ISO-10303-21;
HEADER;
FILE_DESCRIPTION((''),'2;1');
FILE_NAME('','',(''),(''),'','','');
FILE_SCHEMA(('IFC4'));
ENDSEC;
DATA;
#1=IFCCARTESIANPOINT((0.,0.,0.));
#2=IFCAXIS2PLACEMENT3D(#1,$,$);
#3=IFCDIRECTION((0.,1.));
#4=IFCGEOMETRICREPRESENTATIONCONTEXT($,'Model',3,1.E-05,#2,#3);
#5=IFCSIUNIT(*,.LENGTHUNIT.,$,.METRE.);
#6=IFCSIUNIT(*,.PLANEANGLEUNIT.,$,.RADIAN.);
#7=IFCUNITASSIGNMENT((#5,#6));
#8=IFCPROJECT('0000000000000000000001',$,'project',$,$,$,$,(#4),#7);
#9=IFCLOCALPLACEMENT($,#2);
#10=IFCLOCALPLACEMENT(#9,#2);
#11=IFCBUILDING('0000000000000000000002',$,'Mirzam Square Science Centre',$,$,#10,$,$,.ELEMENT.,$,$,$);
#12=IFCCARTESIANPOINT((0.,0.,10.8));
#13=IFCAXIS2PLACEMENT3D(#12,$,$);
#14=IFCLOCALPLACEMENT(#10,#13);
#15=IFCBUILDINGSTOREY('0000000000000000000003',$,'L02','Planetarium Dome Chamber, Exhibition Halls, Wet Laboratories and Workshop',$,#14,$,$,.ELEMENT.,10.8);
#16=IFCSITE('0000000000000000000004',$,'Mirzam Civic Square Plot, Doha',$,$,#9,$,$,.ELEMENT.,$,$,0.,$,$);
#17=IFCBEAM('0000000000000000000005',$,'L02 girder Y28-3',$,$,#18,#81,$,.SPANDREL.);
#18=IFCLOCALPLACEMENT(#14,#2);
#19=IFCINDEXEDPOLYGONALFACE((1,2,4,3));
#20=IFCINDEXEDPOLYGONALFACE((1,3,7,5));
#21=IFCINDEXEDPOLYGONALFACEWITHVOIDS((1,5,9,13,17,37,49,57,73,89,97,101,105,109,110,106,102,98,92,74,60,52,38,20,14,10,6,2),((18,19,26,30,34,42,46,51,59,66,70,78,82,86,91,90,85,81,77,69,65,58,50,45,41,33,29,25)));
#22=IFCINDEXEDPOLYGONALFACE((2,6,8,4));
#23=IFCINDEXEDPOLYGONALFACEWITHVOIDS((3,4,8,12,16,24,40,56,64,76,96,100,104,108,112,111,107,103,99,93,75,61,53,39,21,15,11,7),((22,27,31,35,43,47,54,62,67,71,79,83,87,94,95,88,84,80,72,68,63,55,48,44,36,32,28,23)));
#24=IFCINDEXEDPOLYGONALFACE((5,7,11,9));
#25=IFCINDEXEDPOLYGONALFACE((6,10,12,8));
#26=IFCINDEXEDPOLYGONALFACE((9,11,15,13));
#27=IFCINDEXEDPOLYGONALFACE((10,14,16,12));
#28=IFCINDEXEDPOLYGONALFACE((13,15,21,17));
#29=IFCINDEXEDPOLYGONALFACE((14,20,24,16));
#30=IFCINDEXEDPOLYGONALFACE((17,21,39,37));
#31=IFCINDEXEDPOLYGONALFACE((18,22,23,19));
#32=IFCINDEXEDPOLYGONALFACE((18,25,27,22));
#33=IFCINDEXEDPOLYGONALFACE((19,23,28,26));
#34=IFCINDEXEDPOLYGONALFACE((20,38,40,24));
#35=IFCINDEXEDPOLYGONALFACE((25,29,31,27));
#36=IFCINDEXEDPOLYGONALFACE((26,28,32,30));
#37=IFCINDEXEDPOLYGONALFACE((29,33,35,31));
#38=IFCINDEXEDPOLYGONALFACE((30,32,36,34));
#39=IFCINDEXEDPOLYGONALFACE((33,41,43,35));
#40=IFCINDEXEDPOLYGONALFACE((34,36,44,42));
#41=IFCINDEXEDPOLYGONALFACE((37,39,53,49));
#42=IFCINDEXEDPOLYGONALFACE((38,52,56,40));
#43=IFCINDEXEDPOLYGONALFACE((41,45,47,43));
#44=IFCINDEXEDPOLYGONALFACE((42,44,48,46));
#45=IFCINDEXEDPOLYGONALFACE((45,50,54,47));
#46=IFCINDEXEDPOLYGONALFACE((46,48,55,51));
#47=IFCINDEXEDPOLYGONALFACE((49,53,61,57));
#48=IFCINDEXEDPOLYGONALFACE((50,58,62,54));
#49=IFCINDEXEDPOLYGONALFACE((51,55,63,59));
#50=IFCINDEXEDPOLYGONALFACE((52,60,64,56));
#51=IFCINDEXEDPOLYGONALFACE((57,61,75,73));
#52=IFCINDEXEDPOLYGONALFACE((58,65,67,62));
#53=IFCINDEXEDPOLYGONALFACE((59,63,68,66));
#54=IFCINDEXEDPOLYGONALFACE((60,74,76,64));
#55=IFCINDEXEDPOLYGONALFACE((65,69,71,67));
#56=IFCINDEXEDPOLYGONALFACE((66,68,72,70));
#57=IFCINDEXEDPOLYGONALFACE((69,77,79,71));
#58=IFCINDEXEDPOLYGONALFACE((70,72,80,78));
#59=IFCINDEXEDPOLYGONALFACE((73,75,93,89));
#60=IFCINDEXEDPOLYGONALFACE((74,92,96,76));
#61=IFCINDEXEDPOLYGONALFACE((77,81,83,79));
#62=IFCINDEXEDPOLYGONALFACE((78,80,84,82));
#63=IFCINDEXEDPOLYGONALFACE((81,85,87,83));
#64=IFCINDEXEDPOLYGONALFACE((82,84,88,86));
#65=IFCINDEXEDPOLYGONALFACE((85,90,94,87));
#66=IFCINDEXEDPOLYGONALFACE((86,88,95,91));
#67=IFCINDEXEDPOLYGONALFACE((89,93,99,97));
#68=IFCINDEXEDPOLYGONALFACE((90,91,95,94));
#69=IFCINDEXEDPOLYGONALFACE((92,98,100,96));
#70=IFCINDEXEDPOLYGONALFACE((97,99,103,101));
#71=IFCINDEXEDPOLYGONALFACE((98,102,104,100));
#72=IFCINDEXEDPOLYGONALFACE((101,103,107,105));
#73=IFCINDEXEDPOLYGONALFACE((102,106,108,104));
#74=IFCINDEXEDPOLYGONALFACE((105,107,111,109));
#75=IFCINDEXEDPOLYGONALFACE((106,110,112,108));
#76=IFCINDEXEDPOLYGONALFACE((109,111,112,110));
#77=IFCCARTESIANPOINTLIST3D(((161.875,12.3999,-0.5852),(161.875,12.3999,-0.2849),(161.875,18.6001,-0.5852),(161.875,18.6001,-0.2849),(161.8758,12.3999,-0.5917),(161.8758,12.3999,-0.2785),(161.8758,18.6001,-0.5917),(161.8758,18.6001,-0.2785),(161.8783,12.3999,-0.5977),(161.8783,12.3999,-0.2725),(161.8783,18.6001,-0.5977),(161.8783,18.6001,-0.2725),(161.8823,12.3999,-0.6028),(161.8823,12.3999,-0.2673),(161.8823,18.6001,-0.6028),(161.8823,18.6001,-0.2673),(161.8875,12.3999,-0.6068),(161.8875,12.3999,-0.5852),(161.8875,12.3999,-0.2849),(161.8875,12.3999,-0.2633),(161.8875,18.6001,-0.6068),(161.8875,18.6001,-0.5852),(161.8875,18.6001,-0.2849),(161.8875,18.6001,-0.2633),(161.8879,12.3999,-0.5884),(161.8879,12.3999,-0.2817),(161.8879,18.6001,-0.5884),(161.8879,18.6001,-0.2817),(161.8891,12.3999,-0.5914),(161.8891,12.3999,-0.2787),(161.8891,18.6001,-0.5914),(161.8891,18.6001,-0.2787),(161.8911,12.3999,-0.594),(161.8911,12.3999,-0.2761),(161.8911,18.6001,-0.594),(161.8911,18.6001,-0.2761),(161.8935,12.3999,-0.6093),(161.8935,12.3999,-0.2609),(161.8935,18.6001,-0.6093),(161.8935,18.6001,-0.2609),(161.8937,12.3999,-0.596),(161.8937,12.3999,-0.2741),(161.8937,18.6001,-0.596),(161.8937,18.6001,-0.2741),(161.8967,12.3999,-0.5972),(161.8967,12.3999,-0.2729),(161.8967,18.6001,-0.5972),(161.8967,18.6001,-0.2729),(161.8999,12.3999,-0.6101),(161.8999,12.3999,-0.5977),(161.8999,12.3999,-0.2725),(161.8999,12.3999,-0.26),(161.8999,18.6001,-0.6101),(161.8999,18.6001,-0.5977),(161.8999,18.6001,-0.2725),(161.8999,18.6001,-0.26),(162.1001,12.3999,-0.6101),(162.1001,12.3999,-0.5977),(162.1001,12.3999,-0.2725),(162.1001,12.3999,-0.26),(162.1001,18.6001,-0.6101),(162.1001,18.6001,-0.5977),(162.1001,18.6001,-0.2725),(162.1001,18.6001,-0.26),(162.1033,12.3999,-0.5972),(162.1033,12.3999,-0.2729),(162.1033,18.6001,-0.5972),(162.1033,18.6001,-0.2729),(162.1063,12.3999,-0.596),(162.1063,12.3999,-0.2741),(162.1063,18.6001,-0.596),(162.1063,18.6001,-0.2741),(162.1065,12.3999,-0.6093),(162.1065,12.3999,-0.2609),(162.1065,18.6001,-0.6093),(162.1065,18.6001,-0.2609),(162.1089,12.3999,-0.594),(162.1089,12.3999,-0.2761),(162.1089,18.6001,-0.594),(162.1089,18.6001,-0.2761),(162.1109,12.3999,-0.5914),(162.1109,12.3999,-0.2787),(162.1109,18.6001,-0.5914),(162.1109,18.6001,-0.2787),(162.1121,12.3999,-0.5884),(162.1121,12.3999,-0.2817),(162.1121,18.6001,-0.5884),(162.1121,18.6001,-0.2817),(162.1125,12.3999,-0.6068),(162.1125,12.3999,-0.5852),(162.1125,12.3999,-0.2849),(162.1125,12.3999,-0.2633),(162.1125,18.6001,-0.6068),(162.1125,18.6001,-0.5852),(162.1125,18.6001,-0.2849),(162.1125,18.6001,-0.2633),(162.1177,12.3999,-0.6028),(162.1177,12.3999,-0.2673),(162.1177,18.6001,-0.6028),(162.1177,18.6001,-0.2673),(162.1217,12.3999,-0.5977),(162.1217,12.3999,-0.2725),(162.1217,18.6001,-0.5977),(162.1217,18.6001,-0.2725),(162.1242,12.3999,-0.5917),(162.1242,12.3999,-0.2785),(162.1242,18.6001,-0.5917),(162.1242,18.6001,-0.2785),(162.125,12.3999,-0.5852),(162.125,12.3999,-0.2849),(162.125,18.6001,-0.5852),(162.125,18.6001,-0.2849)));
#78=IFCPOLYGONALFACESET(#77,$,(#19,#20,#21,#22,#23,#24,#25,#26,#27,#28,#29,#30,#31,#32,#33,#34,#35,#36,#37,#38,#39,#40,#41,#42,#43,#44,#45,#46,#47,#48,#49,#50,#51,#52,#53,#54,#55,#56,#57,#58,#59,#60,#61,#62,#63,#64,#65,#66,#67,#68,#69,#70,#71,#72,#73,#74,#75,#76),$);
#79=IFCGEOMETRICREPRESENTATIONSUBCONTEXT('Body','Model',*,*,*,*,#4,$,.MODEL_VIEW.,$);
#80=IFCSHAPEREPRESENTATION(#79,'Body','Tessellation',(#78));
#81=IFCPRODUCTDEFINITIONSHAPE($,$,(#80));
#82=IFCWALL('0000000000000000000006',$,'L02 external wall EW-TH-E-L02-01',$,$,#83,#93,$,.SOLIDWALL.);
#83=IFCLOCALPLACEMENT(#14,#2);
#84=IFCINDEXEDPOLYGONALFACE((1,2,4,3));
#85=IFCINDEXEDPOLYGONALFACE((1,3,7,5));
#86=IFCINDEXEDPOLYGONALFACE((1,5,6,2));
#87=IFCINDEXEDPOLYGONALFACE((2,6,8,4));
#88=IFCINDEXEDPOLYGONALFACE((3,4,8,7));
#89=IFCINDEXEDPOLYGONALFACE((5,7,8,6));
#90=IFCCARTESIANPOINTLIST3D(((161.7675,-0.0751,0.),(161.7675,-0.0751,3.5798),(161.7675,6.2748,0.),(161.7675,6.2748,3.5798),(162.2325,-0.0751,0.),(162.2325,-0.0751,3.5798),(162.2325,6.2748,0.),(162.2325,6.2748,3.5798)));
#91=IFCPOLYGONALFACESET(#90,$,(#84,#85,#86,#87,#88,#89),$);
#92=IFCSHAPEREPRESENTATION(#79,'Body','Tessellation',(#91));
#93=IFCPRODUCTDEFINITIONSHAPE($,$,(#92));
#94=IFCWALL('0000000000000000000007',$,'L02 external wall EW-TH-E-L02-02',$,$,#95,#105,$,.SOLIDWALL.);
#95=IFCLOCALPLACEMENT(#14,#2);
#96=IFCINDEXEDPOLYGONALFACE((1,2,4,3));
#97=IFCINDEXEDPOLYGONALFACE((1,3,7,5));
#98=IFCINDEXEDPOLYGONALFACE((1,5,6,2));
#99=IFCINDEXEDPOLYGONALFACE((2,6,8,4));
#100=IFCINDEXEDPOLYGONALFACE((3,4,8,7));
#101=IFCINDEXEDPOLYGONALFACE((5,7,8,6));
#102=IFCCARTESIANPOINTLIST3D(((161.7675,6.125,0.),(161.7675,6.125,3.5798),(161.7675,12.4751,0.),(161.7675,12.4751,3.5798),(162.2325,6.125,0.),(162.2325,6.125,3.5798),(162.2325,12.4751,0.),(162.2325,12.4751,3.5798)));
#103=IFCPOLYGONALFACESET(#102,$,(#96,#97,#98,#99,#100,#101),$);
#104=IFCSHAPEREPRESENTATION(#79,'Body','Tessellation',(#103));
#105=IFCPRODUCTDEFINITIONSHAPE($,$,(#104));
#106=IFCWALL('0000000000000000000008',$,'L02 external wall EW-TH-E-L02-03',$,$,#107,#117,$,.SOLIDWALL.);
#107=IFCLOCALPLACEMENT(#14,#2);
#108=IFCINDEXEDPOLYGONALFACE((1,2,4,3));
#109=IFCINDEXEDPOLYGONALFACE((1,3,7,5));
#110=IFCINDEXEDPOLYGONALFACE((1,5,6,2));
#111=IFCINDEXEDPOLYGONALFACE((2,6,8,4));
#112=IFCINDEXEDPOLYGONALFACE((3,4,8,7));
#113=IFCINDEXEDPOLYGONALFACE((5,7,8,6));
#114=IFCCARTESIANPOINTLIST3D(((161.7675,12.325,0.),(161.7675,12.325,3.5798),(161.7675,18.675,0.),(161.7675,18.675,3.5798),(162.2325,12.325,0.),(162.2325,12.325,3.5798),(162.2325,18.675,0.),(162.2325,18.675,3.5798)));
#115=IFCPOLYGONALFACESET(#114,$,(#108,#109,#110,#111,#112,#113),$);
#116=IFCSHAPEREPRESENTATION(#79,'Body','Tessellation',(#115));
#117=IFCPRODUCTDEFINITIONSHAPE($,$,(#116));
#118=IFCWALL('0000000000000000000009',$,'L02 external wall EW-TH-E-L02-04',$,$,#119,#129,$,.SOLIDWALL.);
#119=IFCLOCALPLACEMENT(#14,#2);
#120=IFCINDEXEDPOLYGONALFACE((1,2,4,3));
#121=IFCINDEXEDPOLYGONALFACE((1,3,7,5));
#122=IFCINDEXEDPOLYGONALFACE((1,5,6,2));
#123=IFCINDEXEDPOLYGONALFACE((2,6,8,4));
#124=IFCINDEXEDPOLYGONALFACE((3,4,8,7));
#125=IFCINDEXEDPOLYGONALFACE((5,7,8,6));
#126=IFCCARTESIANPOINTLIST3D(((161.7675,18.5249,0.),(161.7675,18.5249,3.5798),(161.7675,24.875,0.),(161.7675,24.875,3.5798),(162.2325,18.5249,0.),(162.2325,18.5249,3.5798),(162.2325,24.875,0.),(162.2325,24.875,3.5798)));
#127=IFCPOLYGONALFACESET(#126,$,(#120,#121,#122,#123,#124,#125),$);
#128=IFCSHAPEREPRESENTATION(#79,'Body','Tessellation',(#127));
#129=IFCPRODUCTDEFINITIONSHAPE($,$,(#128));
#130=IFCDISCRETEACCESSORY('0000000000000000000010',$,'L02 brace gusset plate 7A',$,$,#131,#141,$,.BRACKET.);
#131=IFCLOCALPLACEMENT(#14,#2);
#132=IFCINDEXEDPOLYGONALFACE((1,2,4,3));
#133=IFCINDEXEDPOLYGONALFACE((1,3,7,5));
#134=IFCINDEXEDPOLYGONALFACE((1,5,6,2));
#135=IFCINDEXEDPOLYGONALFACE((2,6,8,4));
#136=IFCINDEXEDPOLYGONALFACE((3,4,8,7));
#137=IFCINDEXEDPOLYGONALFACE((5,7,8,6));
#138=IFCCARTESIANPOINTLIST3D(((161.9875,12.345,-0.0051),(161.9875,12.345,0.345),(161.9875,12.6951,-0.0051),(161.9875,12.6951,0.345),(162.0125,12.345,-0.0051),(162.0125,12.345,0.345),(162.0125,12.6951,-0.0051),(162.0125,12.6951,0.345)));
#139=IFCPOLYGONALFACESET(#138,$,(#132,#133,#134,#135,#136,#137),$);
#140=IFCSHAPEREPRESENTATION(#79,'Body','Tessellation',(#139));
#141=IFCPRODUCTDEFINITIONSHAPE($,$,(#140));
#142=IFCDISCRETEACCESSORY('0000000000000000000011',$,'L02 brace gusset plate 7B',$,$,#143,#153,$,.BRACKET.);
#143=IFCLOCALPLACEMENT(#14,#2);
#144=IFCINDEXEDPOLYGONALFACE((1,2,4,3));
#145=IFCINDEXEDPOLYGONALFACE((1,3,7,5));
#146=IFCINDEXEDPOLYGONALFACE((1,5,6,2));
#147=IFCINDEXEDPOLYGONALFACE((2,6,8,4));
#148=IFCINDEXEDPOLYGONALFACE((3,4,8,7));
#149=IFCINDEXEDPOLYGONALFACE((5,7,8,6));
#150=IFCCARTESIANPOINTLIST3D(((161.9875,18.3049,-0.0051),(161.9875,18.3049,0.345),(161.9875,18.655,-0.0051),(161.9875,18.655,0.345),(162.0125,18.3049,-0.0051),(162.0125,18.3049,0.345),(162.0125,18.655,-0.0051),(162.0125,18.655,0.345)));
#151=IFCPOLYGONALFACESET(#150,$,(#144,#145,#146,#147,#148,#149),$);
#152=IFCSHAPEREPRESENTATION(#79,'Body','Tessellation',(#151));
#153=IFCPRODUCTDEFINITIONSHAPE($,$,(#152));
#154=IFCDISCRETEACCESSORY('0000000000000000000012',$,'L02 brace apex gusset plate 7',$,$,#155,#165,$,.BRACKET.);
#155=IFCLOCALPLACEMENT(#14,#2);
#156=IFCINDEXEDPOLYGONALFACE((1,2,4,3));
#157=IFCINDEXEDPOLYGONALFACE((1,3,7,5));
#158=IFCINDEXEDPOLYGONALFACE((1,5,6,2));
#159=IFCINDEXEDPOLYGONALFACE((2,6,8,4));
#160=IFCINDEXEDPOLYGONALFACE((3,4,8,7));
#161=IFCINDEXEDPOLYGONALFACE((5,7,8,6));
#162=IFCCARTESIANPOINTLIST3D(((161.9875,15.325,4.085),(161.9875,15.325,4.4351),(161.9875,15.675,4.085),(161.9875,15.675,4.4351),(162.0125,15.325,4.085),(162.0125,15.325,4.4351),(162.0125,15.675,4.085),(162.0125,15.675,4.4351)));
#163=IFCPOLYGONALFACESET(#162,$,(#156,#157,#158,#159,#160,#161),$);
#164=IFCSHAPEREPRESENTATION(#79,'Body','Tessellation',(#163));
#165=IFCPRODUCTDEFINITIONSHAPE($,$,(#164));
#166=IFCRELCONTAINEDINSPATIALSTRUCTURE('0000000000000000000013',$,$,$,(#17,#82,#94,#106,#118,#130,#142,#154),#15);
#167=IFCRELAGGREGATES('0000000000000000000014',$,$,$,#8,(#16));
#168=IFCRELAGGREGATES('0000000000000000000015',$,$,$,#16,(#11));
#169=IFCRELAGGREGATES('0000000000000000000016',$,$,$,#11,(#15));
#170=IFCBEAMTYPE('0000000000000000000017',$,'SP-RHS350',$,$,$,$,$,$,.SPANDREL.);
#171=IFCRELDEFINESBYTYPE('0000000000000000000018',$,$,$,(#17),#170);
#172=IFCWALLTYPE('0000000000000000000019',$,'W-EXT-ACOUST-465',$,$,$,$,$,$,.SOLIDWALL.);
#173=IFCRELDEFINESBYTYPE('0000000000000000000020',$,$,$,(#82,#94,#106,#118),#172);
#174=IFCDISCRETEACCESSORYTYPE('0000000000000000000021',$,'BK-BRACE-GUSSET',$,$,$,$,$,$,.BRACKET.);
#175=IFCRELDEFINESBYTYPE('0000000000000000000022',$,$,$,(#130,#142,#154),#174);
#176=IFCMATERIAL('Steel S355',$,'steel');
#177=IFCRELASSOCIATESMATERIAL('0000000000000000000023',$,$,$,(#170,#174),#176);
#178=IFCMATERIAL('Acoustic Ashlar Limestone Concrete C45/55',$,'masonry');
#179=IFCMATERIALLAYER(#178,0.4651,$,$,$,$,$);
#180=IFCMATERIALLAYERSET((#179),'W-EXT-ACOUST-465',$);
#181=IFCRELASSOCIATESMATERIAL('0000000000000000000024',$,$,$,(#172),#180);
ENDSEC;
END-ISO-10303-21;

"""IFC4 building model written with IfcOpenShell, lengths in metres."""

from ifc_helpers import new_model, si_unit, direction, frame, frame_2d, origin, origin_2d, place, context, subcontext, project, spatial, rectangle, hollow_rectangle, extrude, material, layer, layer_set, material_profile, profile_set, type_object, element, save


model = new_model("IFC4")

# Units and contexts
model_context = context("Model", 3, precision=1e-05, world=origin(), true_north=direction((0.0, 1.0)))
body_context = subcontext(model_context, "Body", "Model", "MODEL_VIEW")
ifc_project = project(units=[si_unit("LENGTHUNIT", "METRE"), si_unit("PLANEANGLEUNIT", "RADIAN")], contexts=[model_context])

# Site, building, storey
site_placement = place(None, origin())
site = spatial("IfcSite", under=ifc_project, at=site_placement, Name="Mirzam Civic Square Plot, Doha", CompositionType="ELEMENT", RefElevation=0.0)
building_placement = place(site_placement, origin())
building = spatial("IfcBuilding", under=site, at=building_placement, Name="Mirzam Square Science Centre", CompositionType="ELEMENT")
storey_placement = place(building_placement, frame((0.0, 0.0, 10.8)))
storey = spatial("IfcBuildingStorey", under=building, at=storey_placement, Name="L02", Description="Planetarium Dome Chamber, Exhibition Halls, Wet Laboratories and Workshop", CompositionType="ELEMENT", Elevation=10.8)

# Shared definitions
ifc_material_1 = material(Name="Steel S355", Category="steel")

# Beam
ifc_material_profile_1 = material_profile(ifc_material_1, hollow_rectangle(XDim=0.25, YDim=0.3501, WallThickness=0.0125, InnerFilletRadius=0.0125, OuterFilletRadius=0.0249, at=origin_2d()), Name="350x250x12.5RHS")
ifc_profile_set_1 = profile_set([ifc_material_profile_1], Name="Steel S355")
beam_type_1 = type_object("IfcBeamType", Name="SP-RHS350", PredefinedType="SPANDREL", material=ifc_profile_set_1)
beam_1_placement = place(storey_placement, frame((162.0, 12.3999, -0.4351), z_axis=(0.0, 1.0, 0.0), x_axis=(-1.0, 0.0, 0.0)))
element("IfcBeam", 1, at=beam_1_placement, inside=storey, type_object=beam_type_1, Name="L02 girder Y28-3", PredefinedType="SPANDREL", context=body_context, shape_type="SweptSolid", body=[
    extrude(hollow_rectangle(XDim=0.25, YDim=0.3501, WallThickness=0.0125, InnerFilletRadius=0.0125, OuterFilletRadius=0.0249, at=origin_2d()), origin(), (0.0, 0.0, 1.0), 6.2002),
])

# Walls
ifc_material_2 = material(Name="Acoustic Ashlar Limestone Concrete C45/55", Category="masonry")
ifc_layer = layer(ifc_material_2, 0.4651)
ifc_layer_set = layer_set([ifc_layer], Name="W-EXT-ACOUST-465")
wall_type = type_object("IfcWallType", Name="W-EXT-ACOUST-465", PredefinedType="SOLIDWALL", material=ifc_layer_set)
wall_placement = place(storey_placement, frame((162.0, -0.075, 0.0), z_axis=(0.0, 0.0, 1.0), x_axis=(0.0, 1.0, 0.0)))
element("IfcWall", 2, at=wall_placement, inside=storey, type_object=wall_type, Name="L02 external wall EW-TH-E-L02-01", PredefinedType="SOLIDWALL", context=body_context, shape_type="SweptSolid", body=[
    extrude(rectangle(XDim=6.3499, YDim=0.4651, at=frame_2d((3.1748, 0.0))), origin(), (0.0, 0.0, 1.0), 3.5798),
])
for number, where, z_axis, x_axis, name in (
    (3, (162.0, 6.125, 0.0), (0.0, 0.0, 1.0), (0.0, 1.0, 0.0), "L02 external wall EW-TH-E-L02-02"),
    (4, (162.0, 12.325, 0.0), (0.0, 0.0, 1.0), (0.0, 1.0, 0.0), "L02 external wall EW-TH-E-L02-03"),
    (5, (162.0, 18.5249, 0.0), (0.0, 0.0, 1.0), (0.0, 1.0, 0.0), "L02 external wall EW-TH-E-L02-04"),
):
    element("IfcWall", number, at=place(storey_placement, frame(where, z_axis=z_axis, x_axis=x_axis)), inside=storey, type_object=wall_type, Name=name, PredefinedType="SOLIDWALL", context=body_context, shape_type="SweptSolid", body=[
        extrude(rectangle(XDim=6.3501, YDim=0.4651, at=frame_2d((3.175, 0.0))), origin(), (0.0, 0.0, 1.0), 3.5798),
    ])

# Discrete accessories
discrete_accessory_type = type_object("IfcDiscreteAccessoryType", Name="BK-BRACE-GUSSET", PredefinedType="BRACKET", material=ifc_material_1)
for number, where, z_axis, x_axis, name in (
    (6, (162.0, 12.52, -0.0051), (0.0, 0.0, 1.0), (0.0, 1.0, 0.0), "L02 brace gusset plate 7A"),
    (7, (162.0, 18.48, -0.0051), (0.0, 0.0, 1.0), (0.0, 1.0, 0.0), "L02 brace gusset plate 7B"),
    (8, (162.0, 15.5, 4.085), (0.0, 0.0, 1.0), (0.0, 1.0, 0.0), "L02 brace apex gusset plate 7"),
):
    element("IfcDiscreteAccessory", number, at=place(storey_placement, frame(where, z_axis=z_axis, x_axis=x_axis)), inside=storey, type_object=discrete_accessory_type, Name=name, PredefinedType="BRACKET", context=body_context, shape_type="SweptSolid", body=[
        extrude(rectangle(XDim=0.3501, YDim=0.0249, at=origin_2d()), origin(), (0.0, 0.0, 1.0), 0.3501),
    ])

save(model, "model.ifc")
